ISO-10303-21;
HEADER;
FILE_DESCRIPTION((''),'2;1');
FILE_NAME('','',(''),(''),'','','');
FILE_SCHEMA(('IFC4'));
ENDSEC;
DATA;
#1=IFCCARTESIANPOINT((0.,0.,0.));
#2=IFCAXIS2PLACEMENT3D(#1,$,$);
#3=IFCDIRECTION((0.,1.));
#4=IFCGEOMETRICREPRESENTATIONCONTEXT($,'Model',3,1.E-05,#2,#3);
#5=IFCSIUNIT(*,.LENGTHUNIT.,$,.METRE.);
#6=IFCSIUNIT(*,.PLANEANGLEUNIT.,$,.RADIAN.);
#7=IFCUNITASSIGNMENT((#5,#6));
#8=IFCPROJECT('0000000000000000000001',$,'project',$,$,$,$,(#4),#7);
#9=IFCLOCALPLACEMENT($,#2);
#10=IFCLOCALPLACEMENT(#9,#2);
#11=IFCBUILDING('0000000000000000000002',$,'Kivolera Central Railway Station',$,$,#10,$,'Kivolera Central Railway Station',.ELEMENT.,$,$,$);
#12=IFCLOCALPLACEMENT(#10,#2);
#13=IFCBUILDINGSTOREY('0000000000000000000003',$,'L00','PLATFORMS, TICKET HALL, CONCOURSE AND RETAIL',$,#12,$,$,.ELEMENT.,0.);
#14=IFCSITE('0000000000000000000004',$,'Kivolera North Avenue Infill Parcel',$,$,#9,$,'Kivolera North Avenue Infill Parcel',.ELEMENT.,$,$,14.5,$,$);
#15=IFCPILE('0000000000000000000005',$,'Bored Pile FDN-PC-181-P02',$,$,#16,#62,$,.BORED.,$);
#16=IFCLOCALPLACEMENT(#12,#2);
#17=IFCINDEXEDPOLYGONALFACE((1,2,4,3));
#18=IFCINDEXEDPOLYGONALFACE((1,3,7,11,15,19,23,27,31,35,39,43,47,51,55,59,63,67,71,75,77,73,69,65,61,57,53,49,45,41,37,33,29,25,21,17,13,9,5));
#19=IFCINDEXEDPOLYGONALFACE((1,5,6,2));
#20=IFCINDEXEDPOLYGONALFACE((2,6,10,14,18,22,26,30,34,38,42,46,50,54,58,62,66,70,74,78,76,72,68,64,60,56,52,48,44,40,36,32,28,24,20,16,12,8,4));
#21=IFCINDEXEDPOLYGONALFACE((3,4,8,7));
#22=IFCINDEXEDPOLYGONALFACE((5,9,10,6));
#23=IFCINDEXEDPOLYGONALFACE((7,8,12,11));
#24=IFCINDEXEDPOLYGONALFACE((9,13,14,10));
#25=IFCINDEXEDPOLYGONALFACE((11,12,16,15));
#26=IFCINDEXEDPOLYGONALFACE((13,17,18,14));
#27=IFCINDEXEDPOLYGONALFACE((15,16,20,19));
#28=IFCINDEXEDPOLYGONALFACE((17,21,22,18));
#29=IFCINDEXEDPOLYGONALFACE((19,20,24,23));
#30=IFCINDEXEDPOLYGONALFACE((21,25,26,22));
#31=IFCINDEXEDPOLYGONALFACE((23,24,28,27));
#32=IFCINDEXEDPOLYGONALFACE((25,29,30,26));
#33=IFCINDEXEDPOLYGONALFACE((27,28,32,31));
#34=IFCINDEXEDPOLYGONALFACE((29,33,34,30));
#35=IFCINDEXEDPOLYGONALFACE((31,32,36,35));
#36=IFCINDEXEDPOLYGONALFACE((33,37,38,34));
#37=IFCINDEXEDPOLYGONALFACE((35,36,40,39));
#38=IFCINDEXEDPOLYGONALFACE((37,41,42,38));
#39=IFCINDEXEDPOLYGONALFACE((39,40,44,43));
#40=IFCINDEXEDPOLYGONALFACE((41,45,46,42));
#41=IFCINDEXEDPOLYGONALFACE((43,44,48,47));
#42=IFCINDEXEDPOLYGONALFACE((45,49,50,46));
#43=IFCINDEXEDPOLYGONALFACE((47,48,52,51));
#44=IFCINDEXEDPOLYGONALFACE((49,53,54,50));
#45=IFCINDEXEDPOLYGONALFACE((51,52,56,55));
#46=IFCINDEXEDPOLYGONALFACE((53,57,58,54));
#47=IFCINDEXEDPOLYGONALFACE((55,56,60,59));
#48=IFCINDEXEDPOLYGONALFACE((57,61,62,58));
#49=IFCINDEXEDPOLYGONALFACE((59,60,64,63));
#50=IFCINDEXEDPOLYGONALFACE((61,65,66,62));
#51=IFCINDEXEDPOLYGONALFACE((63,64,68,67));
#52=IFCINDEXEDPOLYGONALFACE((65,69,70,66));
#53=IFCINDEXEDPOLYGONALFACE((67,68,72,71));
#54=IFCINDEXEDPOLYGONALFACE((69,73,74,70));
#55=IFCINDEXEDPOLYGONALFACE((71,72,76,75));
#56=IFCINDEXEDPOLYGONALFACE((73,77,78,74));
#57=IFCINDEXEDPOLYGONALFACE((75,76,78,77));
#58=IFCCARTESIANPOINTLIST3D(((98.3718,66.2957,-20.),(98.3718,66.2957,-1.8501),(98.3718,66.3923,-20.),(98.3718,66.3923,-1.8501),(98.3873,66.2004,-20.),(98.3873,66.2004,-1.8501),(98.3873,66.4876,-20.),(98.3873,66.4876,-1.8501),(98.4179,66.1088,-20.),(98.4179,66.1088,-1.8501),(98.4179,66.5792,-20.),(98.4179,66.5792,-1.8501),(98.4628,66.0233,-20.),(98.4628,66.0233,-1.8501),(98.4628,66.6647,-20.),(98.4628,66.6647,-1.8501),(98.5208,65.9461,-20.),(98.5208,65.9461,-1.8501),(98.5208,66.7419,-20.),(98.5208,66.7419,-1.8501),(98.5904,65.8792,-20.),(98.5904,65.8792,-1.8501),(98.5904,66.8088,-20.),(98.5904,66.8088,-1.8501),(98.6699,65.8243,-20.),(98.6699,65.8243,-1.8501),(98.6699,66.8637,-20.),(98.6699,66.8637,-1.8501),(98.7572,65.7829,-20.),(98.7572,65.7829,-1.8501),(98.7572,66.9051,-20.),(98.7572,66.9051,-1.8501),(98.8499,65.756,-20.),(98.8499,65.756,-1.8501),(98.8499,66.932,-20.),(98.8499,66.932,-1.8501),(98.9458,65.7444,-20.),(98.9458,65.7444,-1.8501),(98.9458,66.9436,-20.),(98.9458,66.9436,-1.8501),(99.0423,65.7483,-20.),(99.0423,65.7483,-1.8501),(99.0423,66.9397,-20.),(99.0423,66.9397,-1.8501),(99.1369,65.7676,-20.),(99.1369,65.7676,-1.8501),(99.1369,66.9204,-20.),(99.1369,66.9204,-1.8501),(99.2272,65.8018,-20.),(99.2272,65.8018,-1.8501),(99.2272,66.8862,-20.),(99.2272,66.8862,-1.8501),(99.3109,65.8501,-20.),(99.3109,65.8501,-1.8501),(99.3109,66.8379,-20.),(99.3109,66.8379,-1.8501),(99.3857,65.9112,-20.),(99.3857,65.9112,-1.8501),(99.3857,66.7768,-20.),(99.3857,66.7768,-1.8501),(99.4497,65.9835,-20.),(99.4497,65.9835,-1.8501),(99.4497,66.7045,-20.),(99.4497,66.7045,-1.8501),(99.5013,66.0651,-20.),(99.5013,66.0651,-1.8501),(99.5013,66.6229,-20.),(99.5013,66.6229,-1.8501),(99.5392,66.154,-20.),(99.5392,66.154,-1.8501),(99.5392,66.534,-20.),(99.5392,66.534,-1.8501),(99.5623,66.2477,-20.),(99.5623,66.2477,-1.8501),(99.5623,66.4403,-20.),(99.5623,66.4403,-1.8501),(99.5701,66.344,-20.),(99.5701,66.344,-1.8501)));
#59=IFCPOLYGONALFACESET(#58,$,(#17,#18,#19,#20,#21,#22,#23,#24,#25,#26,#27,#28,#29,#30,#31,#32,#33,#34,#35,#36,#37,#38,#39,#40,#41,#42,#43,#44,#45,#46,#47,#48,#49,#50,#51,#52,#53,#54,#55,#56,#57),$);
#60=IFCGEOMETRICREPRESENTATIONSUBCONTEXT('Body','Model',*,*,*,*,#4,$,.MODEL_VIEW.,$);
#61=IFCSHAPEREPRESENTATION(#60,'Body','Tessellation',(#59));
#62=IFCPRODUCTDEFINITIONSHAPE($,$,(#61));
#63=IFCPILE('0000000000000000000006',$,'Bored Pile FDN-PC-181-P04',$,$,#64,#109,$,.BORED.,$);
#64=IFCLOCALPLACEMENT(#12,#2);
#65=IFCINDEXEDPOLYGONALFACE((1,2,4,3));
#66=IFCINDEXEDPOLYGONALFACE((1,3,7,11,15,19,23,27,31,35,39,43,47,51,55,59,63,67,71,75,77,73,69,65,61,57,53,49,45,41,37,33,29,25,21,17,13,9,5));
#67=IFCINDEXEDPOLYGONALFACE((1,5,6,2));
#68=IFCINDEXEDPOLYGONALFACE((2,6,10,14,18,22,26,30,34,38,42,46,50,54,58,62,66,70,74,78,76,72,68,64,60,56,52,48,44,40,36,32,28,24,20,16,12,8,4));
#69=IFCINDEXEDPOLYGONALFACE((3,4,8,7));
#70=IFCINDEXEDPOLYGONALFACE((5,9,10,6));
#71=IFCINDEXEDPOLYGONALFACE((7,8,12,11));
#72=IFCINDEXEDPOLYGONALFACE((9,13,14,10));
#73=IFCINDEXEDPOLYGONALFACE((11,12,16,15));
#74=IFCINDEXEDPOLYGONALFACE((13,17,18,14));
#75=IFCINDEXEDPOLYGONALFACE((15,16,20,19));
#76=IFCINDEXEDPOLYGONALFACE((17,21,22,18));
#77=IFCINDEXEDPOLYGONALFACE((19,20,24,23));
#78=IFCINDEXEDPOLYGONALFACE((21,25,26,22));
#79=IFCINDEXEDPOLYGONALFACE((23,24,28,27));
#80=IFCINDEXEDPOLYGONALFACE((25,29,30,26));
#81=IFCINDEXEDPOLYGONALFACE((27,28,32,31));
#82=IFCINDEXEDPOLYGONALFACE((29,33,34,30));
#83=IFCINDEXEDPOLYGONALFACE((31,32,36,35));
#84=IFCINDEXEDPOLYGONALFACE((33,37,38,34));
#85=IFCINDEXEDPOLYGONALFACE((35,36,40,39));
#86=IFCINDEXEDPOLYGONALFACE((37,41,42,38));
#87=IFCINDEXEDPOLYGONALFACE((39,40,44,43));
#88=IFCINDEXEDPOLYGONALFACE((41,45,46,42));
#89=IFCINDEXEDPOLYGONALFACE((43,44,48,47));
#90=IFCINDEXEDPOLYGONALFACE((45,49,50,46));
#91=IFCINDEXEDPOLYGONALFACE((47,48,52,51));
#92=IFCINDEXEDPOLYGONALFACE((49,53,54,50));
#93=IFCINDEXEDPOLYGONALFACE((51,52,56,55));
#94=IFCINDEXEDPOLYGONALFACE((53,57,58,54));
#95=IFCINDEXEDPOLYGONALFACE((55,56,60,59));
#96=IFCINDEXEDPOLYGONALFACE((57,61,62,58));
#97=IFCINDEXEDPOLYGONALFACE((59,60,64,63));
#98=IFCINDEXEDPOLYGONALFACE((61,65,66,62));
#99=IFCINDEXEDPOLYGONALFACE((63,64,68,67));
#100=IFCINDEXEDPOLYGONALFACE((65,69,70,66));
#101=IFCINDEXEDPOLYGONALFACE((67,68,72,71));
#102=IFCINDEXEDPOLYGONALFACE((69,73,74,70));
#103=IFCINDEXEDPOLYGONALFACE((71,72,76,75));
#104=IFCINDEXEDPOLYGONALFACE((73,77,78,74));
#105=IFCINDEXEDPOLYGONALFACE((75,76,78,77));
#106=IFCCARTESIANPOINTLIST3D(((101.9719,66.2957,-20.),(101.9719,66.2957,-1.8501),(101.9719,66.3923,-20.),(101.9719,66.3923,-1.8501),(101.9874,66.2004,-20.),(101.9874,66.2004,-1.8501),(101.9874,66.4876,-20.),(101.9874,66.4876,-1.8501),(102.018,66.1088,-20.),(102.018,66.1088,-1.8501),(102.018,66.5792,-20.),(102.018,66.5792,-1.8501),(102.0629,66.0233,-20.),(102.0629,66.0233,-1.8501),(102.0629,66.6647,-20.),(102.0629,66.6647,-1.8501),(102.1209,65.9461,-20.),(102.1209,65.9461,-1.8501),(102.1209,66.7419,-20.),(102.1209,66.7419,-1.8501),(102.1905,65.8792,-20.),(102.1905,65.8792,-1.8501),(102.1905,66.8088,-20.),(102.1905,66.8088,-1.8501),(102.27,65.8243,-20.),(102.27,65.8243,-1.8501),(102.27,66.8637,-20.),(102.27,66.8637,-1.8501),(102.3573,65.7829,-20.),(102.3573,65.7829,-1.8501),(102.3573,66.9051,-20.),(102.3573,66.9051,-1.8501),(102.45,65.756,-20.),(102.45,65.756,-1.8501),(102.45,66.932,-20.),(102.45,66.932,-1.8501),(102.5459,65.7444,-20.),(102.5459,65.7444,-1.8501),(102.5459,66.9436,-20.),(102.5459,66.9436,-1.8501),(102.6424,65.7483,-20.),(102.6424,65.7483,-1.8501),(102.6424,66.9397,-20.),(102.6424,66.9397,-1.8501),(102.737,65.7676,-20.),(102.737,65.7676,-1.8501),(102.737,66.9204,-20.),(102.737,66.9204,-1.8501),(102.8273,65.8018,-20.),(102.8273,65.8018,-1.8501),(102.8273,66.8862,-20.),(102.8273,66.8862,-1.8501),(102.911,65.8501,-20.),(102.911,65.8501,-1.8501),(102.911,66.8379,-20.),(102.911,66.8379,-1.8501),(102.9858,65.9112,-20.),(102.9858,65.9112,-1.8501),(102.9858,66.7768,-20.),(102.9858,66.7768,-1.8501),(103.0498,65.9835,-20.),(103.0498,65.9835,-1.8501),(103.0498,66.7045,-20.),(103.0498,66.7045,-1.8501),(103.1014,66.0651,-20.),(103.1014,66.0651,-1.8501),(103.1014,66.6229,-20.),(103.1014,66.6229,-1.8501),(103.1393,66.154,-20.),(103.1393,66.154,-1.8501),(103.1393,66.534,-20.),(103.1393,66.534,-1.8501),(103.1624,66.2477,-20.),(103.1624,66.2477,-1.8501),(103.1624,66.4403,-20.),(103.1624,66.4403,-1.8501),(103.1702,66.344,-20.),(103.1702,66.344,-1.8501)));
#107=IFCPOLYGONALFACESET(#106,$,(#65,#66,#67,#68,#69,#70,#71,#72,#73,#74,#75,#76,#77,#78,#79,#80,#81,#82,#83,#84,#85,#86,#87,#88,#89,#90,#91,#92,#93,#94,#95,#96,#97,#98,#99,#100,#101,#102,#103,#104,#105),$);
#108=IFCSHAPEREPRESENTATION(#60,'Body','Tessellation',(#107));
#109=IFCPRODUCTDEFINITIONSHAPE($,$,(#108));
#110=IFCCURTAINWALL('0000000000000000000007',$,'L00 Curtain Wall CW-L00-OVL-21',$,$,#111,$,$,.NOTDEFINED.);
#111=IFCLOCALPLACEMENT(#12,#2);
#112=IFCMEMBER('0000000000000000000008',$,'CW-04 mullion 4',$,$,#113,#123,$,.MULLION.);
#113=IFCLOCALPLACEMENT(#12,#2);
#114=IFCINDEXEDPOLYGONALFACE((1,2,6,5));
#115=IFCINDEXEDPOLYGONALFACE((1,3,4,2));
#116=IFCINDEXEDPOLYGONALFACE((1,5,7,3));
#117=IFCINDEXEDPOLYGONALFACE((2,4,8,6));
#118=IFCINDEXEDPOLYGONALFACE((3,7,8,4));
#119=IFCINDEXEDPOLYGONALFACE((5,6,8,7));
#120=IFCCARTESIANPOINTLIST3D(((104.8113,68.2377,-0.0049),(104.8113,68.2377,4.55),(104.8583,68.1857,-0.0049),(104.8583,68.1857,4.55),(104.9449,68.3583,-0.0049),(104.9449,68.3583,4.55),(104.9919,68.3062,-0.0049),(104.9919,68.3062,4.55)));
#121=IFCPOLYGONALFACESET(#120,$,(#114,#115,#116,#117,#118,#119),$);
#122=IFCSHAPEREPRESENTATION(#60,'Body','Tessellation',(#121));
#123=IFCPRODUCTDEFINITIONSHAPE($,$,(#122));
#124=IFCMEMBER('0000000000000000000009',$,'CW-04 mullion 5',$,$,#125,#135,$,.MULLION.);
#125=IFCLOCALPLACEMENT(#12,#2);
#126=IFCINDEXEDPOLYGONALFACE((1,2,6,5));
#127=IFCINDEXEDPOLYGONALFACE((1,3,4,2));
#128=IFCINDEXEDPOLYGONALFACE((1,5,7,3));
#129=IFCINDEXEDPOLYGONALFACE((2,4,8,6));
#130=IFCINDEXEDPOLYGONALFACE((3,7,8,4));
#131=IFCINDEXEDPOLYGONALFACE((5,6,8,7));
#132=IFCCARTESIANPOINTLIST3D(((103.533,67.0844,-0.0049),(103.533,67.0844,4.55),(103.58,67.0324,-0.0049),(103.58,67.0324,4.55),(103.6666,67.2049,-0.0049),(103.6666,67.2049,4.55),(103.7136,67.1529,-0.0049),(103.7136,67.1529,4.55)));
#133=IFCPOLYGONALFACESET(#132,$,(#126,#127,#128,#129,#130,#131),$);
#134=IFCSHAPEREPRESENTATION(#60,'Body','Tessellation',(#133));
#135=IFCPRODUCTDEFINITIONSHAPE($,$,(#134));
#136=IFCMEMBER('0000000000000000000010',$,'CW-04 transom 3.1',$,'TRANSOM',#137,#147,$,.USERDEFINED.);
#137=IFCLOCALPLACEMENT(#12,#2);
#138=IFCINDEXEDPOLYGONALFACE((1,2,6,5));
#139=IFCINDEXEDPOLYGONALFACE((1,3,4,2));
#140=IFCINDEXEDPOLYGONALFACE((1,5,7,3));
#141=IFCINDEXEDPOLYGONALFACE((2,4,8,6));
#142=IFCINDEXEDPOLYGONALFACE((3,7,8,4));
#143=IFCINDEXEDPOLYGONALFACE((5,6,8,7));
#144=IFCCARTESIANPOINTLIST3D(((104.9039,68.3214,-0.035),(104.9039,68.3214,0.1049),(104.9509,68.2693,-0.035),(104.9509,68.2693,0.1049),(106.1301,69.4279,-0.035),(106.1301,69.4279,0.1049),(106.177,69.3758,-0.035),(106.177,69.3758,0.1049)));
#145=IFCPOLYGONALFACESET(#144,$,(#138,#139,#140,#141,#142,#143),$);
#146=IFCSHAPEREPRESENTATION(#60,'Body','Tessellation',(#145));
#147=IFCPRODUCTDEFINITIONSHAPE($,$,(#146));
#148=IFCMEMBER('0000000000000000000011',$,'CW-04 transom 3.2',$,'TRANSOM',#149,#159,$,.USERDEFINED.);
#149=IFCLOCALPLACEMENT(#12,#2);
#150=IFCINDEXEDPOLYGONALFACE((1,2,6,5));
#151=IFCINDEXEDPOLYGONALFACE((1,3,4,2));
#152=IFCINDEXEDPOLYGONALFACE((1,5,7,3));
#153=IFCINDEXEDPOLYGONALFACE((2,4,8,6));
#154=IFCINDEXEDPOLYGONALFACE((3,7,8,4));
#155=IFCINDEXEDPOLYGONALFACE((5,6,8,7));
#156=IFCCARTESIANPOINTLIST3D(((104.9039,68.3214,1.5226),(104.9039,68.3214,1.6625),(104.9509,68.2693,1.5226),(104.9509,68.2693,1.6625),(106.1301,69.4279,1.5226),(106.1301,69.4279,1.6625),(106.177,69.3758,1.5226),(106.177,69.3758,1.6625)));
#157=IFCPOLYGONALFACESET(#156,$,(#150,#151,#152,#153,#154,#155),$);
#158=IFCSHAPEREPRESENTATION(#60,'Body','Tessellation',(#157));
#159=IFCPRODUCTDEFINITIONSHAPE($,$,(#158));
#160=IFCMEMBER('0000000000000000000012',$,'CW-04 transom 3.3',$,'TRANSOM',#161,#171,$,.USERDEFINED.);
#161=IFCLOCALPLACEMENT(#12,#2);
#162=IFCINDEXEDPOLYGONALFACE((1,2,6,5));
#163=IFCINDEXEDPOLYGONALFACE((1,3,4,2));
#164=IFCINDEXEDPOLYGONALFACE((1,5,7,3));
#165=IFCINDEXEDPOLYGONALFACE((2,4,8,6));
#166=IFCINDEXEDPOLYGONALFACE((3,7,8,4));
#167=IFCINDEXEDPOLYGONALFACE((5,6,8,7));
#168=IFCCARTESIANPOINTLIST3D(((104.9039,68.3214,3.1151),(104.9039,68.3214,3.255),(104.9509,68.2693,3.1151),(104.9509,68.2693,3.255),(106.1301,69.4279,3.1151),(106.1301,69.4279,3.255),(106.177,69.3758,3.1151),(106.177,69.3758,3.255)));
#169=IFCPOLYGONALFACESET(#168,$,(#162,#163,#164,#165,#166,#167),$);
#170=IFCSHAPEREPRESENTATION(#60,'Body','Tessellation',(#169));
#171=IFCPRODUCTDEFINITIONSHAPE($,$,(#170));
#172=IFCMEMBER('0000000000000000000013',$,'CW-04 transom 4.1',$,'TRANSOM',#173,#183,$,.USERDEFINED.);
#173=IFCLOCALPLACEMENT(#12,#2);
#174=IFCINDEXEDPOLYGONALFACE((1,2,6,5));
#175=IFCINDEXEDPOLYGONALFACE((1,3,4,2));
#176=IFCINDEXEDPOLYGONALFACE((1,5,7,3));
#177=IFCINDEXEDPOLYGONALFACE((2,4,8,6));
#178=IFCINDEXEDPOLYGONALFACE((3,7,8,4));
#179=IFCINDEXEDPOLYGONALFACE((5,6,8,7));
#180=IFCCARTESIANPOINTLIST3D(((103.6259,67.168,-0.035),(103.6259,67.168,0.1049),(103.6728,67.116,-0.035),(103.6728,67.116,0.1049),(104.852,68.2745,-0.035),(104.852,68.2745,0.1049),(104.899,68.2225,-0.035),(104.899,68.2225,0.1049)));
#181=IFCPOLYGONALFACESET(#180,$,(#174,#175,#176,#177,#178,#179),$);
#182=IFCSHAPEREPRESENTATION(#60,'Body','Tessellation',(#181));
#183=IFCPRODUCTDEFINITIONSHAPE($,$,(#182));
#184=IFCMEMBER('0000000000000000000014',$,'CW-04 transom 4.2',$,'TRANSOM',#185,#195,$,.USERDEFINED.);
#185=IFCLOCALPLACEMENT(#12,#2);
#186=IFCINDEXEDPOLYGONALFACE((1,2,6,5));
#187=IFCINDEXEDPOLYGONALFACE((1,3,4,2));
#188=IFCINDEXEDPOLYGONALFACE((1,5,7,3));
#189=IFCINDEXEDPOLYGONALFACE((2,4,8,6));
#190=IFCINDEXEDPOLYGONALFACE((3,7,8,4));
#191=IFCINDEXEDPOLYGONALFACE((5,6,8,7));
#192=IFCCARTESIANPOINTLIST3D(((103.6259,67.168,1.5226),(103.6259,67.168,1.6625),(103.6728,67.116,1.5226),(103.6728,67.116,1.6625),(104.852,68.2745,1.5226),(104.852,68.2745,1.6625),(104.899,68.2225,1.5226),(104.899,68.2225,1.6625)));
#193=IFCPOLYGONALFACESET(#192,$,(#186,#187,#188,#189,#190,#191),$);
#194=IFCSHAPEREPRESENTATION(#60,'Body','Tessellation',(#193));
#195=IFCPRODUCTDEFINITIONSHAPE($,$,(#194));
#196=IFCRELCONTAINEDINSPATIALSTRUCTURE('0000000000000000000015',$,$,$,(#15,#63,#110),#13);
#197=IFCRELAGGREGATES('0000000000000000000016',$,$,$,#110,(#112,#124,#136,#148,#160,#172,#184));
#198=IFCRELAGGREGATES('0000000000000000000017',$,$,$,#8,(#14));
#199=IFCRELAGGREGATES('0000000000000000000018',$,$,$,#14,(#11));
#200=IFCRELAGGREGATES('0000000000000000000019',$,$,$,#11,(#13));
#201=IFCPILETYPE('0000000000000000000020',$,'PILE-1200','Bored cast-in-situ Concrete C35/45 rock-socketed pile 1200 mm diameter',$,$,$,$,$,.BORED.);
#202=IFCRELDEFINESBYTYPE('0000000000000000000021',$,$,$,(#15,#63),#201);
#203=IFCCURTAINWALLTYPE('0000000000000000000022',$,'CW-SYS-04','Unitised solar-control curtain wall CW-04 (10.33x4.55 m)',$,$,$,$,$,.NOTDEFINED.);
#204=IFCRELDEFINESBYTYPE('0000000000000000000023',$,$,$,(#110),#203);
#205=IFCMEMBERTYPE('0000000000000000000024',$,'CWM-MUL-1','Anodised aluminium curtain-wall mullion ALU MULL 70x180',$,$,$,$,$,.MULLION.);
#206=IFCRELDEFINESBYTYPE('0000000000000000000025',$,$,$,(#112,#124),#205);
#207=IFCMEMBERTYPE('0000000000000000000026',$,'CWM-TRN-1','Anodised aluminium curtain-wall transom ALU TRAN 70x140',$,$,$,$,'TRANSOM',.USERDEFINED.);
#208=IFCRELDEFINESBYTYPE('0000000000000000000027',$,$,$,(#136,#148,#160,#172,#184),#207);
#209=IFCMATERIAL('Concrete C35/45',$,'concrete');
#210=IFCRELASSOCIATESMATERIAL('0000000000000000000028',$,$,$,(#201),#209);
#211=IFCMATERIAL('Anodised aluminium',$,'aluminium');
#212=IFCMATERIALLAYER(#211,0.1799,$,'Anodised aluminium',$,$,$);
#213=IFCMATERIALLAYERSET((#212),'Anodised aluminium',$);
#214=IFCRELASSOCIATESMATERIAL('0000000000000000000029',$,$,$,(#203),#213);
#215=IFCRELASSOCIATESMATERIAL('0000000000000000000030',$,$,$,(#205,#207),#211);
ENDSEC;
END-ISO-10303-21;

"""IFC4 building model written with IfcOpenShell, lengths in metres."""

from ifc_helpers import new_model, si_unit, direction, frame, origin, origin_2d, place, context, subcontext, project, spatial, rectangle, circle, extrude, material, layer, layer_set, material_profile, profile_set, type_object, element, aggregate, save


model = new_model("IFC4")

# Units and contexts
model_context = context("Model", 3, precision=1e-05, world=origin(), true_north=direction((0.0, 1.0)))
body_context = subcontext(model_context, "Body", "Model", "MODEL_VIEW")
ifc_project = project(units=[si_unit("LENGTHUNIT", "METRE"), si_unit("PLANEANGLEUNIT", "RADIAN")], contexts=[model_context])

# Site, building, storey
site_placement = place(None, origin())
site = spatial("IfcSite", under=ifc_project, at=site_placement, Name="Kivolera North Avenue Infill Parcel", LongName="Kivolera North Avenue Infill Parcel", CompositionType="ELEMENT", RefElevation=14.5)
building_placement = place(site_placement, origin())
building = spatial("IfcBuilding", under=site, at=building_placement, Name="Kivolera Central Railway Station", LongName="Kivolera Central Railway Station", CompositionType="ELEMENT")
storey_placement = place(building_placement, origin())
storey = spatial("IfcBuildingStorey", under=building, at=storey_placement, Name="L00", Description="PLATFORMS, TICKET HALL, CONCOURSE AND RETAIL", CompositionType="ELEMENT", Elevation=0.0)

# Piles
ifc_material_1 = material(Name="Concrete C35/45", Category="concrete")
ifc_material_profile_1 = material_profile(ifc_material_1, circle(Radius=0.6001, at=origin_2d()), Name="PILE D1200")
ifc_profile_set_1 = profile_set([ifc_material_profile_1], Name="Concrete C35/45")
pile_type = type_object("IfcPileType", Name="PILE-1200", Description="Bored cast-in-situ Concrete C35/45 rock-socketed pile 1200 mm diameter", PredefinedType="BORED", material=ifc_profile_set_1)
for number, where, z_axis, x_axis, name in (
    (1, (98.97, 66.344, -1.8501), (0.0, 0.0, -1.0), (1.0, 0.0, 0.0), "Bored Pile FDN-PC-181-P02"),
    (2, (102.5701, 66.344, -1.8501), (0.0, 0.0, -1.0), (1.0, 0.0, 0.0), "Bored Pile FDN-PC-181-P04"),
):
    element("IfcPile", number, at=place(storey_placement, frame(where, z_axis=z_axis, x_axis=x_axis)), inside=storey, type_object=pile_type, Name=name, PredefinedType="BORED", context=body_context, shape_type="SweptSolid", body=[
        extrude(circle(Radius=0.6001, at=origin_2d()), origin(), (0.0, 0.0, 1.0), 18.1499),
    ])

# Curtain wall, members
ifc_material_2 = material(Name="Anodised aluminium", Category="aluminium")
ifc_layer_1 = layer(ifc_material_2, 0.1799, Name="Anodised aluminium")
ifc_layer_set_1 = layer_set([ifc_layer_1], Name="Anodised aluminium")
curtain_wall_type = type_object("IfcCurtainWallType", Name="CW-SYS-04", Description="Unitised solar-control curtain wall CW-04 (10.33x4.55 m)", PredefinedType="NOTDEFINED", material=ifc_layer_set_1)
curtain_wall_placement = place(storey_placement, origin())
curtain_wall = element("IfcCurtainWall", 3, at=curtain_wall_placement, inside=storey, type_object=curtain_wall_type, Name="L00 Curtain Wall CW-L00-OVL-21", PredefinedType="NOTDEFINED")
ifc_material_profile_2 = material_profile(ifc_material_2, rectangle(XDim=0.0701, YDim=0.1799, at=origin_2d()), Name="ALU MULL 70x180")
ifc_profile_set_2 = profile_set([ifc_material_profile_2], Name="Anodised aluminium")
member_type_1 = type_object("IfcMemberType", Name="CWM-MUL-1", Description="Anodised aluminium curtain-wall mullion ALU MULL 70x180", PredefinedType="MULLION", material=ifc_profile_set_2)
member_1_placement = place(storey_placement, frame((104.9016, 68.272, -0.0049), z_axis=(0.0, 0.0, 1.0), x_axis=(0.669922, -0.742432, 0.0)))
member_1 = element("IfcMember", 4, at=member_1_placement, type_object=member_type_1, Name="CW-04 mullion 4", PredefinedType="MULLION", context=body_context, shape_type="SweptSolid", body=[
    extrude(rectangle(XDim=0.0701, YDim=0.1799, at=origin_2d()), origin(), (0.0, 0.0, 1.0), 4.5549),
])
member_2_placement = place(storey_placement, frame((103.6233, 67.1187, -0.0049), z_axis=(0.0, 0.0, 1.0), x_axis=(0.669922, -0.742432, 0.0)))
member_2 = element("IfcMember", 5, at=member_2_placement, type_object=member_type_1, Name="CW-04 mullion 5", PredefinedType="MULLION", context=body_context, shape_type="SweptSolid", body=[
    extrude(rectangle(XDim=0.0701, YDim=0.1799, at=origin_2d()), origin(), (0.0, 0.0, 1.0), 4.5549),
])
ifc_material_profile_3 = material_profile(ifc_material_2, rectangle(XDim=0.0701, YDim=0.1399, at=origin_2d()), Name="ALU TRAN 70x140")
ifc_profile_set_3 = profile_set([ifc_material_profile_3], Name="Anodised aluminium")
member_type_2 = type_object("IfcMemberType", Name="CWM-TRN-1", Description="Anodised aluminium curtain-wall transom ALU TRAN 70x140", ElementType="TRANSOM", PredefinedType="USERDEFINED", material=ifc_profile_set_3)
member_3_placement = place(storey_placement, frame((106.1536, 69.4019, 0.0349), z_axis=(-0.742397, -0.669961, 0.0), x_axis=(0.669961, -0.742397, 0.0)))
member_3 = element("IfcMember", 6, at=member_3_placement, type_object=member_type_2, Name="CW-04 transom 3.1", ObjectType="TRANSOM", PredefinedType="USERDEFINED", context=body_context, shape_type="SweptSolid", body=[
    extrude(rectangle(XDim=0.0701, YDim=0.1399, at=origin_2d()), origin(), (0.0, 0.0, 1.0), 1.6516),
])
member_4_placement = place(storey_placement, frame((106.1536, 69.4019, 1.5925), z_axis=(-0.742397, -0.669961, 0.0), x_axis=(0.669961, -0.742397, 0.0)))
member_4 = element("IfcMember", 7, at=member_4_placement, type_object=member_type_2, Name="CW-04 transom 3.2", ObjectType="TRANSOM", PredefinedType="USERDEFINED", context=body_context, shape_type="SweptSolid", body=[
    extrude(rectangle(XDim=0.0701, YDim=0.1399, at=origin_2d()), origin(), (0.0, 0.0, 1.0), 1.6516),
])
member_5_placement = place(storey_placement, frame((106.1536, 69.4019, 3.1851), z_axis=(-0.742397, -0.669961, 0.0), x_axis=(0.669961, -0.742397, 0.0)))
member_5 = element("IfcMember", 8, at=member_5_placement, type_object=member_type_2, Name="CW-04 transom 3.3", ObjectType="TRANSOM", PredefinedType="USERDEFINED", context=body_context, shape_type="SweptSolid", body=[
    extrude(rectangle(XDim=0.0701, YDim=0.1399, at=origin_2d()), origin(), (0.0, 0.0, 1.0), 1.6516),
])
member_6_placement = place(storey_placement, frame((104.8755, 68.2485, 0.0349), z_axis=(-0.742397, -0.669961, 0.0), x_axis=(0.669961, -0.742397, 0.0)))
member_6 = element("IfcMember", 9, at=member_6_placement, type_object=member_type_2, Name="CW-04 transom 4.1", ObjectType="TRANSOM", PredefinedType="USERDEFINED", context=body_context, shape_type="SweptSolid", body=[
    extrude(rectangle(XDim=0.0701, YDim=0.1399, at=origin_2d()), origin(), (0.0, 0.0, 1.0), 1.6516),
])
member_7_placement = place(storey_placement, frame((104.8755, 68.2485, 1.5925), z_axis=(-0.742397, -0.669961, 0.0), x_axis=(0.669961, -0.742397, 0.0)))
member_7 = element("IfcMember", 10, at=member_7_placement, type_object=member_type_2, Name="CW-04 transom 4.2", ObjectType="TRANSOM", PredefinedType="USERDEFINED", context=body_context, shape_type="SweptSolid", body=[
    extrude(rectangle(XDim=0.0701, YDim=0.1399, at=origin_2d()), origin(), (0.0, 0.0, 1.0), 1.6516),
])
aggregate(curtain_wall, [member_1, member_2, member_3, member_4, member_5, member_6, member_7])

save(model, "model.ifc")
